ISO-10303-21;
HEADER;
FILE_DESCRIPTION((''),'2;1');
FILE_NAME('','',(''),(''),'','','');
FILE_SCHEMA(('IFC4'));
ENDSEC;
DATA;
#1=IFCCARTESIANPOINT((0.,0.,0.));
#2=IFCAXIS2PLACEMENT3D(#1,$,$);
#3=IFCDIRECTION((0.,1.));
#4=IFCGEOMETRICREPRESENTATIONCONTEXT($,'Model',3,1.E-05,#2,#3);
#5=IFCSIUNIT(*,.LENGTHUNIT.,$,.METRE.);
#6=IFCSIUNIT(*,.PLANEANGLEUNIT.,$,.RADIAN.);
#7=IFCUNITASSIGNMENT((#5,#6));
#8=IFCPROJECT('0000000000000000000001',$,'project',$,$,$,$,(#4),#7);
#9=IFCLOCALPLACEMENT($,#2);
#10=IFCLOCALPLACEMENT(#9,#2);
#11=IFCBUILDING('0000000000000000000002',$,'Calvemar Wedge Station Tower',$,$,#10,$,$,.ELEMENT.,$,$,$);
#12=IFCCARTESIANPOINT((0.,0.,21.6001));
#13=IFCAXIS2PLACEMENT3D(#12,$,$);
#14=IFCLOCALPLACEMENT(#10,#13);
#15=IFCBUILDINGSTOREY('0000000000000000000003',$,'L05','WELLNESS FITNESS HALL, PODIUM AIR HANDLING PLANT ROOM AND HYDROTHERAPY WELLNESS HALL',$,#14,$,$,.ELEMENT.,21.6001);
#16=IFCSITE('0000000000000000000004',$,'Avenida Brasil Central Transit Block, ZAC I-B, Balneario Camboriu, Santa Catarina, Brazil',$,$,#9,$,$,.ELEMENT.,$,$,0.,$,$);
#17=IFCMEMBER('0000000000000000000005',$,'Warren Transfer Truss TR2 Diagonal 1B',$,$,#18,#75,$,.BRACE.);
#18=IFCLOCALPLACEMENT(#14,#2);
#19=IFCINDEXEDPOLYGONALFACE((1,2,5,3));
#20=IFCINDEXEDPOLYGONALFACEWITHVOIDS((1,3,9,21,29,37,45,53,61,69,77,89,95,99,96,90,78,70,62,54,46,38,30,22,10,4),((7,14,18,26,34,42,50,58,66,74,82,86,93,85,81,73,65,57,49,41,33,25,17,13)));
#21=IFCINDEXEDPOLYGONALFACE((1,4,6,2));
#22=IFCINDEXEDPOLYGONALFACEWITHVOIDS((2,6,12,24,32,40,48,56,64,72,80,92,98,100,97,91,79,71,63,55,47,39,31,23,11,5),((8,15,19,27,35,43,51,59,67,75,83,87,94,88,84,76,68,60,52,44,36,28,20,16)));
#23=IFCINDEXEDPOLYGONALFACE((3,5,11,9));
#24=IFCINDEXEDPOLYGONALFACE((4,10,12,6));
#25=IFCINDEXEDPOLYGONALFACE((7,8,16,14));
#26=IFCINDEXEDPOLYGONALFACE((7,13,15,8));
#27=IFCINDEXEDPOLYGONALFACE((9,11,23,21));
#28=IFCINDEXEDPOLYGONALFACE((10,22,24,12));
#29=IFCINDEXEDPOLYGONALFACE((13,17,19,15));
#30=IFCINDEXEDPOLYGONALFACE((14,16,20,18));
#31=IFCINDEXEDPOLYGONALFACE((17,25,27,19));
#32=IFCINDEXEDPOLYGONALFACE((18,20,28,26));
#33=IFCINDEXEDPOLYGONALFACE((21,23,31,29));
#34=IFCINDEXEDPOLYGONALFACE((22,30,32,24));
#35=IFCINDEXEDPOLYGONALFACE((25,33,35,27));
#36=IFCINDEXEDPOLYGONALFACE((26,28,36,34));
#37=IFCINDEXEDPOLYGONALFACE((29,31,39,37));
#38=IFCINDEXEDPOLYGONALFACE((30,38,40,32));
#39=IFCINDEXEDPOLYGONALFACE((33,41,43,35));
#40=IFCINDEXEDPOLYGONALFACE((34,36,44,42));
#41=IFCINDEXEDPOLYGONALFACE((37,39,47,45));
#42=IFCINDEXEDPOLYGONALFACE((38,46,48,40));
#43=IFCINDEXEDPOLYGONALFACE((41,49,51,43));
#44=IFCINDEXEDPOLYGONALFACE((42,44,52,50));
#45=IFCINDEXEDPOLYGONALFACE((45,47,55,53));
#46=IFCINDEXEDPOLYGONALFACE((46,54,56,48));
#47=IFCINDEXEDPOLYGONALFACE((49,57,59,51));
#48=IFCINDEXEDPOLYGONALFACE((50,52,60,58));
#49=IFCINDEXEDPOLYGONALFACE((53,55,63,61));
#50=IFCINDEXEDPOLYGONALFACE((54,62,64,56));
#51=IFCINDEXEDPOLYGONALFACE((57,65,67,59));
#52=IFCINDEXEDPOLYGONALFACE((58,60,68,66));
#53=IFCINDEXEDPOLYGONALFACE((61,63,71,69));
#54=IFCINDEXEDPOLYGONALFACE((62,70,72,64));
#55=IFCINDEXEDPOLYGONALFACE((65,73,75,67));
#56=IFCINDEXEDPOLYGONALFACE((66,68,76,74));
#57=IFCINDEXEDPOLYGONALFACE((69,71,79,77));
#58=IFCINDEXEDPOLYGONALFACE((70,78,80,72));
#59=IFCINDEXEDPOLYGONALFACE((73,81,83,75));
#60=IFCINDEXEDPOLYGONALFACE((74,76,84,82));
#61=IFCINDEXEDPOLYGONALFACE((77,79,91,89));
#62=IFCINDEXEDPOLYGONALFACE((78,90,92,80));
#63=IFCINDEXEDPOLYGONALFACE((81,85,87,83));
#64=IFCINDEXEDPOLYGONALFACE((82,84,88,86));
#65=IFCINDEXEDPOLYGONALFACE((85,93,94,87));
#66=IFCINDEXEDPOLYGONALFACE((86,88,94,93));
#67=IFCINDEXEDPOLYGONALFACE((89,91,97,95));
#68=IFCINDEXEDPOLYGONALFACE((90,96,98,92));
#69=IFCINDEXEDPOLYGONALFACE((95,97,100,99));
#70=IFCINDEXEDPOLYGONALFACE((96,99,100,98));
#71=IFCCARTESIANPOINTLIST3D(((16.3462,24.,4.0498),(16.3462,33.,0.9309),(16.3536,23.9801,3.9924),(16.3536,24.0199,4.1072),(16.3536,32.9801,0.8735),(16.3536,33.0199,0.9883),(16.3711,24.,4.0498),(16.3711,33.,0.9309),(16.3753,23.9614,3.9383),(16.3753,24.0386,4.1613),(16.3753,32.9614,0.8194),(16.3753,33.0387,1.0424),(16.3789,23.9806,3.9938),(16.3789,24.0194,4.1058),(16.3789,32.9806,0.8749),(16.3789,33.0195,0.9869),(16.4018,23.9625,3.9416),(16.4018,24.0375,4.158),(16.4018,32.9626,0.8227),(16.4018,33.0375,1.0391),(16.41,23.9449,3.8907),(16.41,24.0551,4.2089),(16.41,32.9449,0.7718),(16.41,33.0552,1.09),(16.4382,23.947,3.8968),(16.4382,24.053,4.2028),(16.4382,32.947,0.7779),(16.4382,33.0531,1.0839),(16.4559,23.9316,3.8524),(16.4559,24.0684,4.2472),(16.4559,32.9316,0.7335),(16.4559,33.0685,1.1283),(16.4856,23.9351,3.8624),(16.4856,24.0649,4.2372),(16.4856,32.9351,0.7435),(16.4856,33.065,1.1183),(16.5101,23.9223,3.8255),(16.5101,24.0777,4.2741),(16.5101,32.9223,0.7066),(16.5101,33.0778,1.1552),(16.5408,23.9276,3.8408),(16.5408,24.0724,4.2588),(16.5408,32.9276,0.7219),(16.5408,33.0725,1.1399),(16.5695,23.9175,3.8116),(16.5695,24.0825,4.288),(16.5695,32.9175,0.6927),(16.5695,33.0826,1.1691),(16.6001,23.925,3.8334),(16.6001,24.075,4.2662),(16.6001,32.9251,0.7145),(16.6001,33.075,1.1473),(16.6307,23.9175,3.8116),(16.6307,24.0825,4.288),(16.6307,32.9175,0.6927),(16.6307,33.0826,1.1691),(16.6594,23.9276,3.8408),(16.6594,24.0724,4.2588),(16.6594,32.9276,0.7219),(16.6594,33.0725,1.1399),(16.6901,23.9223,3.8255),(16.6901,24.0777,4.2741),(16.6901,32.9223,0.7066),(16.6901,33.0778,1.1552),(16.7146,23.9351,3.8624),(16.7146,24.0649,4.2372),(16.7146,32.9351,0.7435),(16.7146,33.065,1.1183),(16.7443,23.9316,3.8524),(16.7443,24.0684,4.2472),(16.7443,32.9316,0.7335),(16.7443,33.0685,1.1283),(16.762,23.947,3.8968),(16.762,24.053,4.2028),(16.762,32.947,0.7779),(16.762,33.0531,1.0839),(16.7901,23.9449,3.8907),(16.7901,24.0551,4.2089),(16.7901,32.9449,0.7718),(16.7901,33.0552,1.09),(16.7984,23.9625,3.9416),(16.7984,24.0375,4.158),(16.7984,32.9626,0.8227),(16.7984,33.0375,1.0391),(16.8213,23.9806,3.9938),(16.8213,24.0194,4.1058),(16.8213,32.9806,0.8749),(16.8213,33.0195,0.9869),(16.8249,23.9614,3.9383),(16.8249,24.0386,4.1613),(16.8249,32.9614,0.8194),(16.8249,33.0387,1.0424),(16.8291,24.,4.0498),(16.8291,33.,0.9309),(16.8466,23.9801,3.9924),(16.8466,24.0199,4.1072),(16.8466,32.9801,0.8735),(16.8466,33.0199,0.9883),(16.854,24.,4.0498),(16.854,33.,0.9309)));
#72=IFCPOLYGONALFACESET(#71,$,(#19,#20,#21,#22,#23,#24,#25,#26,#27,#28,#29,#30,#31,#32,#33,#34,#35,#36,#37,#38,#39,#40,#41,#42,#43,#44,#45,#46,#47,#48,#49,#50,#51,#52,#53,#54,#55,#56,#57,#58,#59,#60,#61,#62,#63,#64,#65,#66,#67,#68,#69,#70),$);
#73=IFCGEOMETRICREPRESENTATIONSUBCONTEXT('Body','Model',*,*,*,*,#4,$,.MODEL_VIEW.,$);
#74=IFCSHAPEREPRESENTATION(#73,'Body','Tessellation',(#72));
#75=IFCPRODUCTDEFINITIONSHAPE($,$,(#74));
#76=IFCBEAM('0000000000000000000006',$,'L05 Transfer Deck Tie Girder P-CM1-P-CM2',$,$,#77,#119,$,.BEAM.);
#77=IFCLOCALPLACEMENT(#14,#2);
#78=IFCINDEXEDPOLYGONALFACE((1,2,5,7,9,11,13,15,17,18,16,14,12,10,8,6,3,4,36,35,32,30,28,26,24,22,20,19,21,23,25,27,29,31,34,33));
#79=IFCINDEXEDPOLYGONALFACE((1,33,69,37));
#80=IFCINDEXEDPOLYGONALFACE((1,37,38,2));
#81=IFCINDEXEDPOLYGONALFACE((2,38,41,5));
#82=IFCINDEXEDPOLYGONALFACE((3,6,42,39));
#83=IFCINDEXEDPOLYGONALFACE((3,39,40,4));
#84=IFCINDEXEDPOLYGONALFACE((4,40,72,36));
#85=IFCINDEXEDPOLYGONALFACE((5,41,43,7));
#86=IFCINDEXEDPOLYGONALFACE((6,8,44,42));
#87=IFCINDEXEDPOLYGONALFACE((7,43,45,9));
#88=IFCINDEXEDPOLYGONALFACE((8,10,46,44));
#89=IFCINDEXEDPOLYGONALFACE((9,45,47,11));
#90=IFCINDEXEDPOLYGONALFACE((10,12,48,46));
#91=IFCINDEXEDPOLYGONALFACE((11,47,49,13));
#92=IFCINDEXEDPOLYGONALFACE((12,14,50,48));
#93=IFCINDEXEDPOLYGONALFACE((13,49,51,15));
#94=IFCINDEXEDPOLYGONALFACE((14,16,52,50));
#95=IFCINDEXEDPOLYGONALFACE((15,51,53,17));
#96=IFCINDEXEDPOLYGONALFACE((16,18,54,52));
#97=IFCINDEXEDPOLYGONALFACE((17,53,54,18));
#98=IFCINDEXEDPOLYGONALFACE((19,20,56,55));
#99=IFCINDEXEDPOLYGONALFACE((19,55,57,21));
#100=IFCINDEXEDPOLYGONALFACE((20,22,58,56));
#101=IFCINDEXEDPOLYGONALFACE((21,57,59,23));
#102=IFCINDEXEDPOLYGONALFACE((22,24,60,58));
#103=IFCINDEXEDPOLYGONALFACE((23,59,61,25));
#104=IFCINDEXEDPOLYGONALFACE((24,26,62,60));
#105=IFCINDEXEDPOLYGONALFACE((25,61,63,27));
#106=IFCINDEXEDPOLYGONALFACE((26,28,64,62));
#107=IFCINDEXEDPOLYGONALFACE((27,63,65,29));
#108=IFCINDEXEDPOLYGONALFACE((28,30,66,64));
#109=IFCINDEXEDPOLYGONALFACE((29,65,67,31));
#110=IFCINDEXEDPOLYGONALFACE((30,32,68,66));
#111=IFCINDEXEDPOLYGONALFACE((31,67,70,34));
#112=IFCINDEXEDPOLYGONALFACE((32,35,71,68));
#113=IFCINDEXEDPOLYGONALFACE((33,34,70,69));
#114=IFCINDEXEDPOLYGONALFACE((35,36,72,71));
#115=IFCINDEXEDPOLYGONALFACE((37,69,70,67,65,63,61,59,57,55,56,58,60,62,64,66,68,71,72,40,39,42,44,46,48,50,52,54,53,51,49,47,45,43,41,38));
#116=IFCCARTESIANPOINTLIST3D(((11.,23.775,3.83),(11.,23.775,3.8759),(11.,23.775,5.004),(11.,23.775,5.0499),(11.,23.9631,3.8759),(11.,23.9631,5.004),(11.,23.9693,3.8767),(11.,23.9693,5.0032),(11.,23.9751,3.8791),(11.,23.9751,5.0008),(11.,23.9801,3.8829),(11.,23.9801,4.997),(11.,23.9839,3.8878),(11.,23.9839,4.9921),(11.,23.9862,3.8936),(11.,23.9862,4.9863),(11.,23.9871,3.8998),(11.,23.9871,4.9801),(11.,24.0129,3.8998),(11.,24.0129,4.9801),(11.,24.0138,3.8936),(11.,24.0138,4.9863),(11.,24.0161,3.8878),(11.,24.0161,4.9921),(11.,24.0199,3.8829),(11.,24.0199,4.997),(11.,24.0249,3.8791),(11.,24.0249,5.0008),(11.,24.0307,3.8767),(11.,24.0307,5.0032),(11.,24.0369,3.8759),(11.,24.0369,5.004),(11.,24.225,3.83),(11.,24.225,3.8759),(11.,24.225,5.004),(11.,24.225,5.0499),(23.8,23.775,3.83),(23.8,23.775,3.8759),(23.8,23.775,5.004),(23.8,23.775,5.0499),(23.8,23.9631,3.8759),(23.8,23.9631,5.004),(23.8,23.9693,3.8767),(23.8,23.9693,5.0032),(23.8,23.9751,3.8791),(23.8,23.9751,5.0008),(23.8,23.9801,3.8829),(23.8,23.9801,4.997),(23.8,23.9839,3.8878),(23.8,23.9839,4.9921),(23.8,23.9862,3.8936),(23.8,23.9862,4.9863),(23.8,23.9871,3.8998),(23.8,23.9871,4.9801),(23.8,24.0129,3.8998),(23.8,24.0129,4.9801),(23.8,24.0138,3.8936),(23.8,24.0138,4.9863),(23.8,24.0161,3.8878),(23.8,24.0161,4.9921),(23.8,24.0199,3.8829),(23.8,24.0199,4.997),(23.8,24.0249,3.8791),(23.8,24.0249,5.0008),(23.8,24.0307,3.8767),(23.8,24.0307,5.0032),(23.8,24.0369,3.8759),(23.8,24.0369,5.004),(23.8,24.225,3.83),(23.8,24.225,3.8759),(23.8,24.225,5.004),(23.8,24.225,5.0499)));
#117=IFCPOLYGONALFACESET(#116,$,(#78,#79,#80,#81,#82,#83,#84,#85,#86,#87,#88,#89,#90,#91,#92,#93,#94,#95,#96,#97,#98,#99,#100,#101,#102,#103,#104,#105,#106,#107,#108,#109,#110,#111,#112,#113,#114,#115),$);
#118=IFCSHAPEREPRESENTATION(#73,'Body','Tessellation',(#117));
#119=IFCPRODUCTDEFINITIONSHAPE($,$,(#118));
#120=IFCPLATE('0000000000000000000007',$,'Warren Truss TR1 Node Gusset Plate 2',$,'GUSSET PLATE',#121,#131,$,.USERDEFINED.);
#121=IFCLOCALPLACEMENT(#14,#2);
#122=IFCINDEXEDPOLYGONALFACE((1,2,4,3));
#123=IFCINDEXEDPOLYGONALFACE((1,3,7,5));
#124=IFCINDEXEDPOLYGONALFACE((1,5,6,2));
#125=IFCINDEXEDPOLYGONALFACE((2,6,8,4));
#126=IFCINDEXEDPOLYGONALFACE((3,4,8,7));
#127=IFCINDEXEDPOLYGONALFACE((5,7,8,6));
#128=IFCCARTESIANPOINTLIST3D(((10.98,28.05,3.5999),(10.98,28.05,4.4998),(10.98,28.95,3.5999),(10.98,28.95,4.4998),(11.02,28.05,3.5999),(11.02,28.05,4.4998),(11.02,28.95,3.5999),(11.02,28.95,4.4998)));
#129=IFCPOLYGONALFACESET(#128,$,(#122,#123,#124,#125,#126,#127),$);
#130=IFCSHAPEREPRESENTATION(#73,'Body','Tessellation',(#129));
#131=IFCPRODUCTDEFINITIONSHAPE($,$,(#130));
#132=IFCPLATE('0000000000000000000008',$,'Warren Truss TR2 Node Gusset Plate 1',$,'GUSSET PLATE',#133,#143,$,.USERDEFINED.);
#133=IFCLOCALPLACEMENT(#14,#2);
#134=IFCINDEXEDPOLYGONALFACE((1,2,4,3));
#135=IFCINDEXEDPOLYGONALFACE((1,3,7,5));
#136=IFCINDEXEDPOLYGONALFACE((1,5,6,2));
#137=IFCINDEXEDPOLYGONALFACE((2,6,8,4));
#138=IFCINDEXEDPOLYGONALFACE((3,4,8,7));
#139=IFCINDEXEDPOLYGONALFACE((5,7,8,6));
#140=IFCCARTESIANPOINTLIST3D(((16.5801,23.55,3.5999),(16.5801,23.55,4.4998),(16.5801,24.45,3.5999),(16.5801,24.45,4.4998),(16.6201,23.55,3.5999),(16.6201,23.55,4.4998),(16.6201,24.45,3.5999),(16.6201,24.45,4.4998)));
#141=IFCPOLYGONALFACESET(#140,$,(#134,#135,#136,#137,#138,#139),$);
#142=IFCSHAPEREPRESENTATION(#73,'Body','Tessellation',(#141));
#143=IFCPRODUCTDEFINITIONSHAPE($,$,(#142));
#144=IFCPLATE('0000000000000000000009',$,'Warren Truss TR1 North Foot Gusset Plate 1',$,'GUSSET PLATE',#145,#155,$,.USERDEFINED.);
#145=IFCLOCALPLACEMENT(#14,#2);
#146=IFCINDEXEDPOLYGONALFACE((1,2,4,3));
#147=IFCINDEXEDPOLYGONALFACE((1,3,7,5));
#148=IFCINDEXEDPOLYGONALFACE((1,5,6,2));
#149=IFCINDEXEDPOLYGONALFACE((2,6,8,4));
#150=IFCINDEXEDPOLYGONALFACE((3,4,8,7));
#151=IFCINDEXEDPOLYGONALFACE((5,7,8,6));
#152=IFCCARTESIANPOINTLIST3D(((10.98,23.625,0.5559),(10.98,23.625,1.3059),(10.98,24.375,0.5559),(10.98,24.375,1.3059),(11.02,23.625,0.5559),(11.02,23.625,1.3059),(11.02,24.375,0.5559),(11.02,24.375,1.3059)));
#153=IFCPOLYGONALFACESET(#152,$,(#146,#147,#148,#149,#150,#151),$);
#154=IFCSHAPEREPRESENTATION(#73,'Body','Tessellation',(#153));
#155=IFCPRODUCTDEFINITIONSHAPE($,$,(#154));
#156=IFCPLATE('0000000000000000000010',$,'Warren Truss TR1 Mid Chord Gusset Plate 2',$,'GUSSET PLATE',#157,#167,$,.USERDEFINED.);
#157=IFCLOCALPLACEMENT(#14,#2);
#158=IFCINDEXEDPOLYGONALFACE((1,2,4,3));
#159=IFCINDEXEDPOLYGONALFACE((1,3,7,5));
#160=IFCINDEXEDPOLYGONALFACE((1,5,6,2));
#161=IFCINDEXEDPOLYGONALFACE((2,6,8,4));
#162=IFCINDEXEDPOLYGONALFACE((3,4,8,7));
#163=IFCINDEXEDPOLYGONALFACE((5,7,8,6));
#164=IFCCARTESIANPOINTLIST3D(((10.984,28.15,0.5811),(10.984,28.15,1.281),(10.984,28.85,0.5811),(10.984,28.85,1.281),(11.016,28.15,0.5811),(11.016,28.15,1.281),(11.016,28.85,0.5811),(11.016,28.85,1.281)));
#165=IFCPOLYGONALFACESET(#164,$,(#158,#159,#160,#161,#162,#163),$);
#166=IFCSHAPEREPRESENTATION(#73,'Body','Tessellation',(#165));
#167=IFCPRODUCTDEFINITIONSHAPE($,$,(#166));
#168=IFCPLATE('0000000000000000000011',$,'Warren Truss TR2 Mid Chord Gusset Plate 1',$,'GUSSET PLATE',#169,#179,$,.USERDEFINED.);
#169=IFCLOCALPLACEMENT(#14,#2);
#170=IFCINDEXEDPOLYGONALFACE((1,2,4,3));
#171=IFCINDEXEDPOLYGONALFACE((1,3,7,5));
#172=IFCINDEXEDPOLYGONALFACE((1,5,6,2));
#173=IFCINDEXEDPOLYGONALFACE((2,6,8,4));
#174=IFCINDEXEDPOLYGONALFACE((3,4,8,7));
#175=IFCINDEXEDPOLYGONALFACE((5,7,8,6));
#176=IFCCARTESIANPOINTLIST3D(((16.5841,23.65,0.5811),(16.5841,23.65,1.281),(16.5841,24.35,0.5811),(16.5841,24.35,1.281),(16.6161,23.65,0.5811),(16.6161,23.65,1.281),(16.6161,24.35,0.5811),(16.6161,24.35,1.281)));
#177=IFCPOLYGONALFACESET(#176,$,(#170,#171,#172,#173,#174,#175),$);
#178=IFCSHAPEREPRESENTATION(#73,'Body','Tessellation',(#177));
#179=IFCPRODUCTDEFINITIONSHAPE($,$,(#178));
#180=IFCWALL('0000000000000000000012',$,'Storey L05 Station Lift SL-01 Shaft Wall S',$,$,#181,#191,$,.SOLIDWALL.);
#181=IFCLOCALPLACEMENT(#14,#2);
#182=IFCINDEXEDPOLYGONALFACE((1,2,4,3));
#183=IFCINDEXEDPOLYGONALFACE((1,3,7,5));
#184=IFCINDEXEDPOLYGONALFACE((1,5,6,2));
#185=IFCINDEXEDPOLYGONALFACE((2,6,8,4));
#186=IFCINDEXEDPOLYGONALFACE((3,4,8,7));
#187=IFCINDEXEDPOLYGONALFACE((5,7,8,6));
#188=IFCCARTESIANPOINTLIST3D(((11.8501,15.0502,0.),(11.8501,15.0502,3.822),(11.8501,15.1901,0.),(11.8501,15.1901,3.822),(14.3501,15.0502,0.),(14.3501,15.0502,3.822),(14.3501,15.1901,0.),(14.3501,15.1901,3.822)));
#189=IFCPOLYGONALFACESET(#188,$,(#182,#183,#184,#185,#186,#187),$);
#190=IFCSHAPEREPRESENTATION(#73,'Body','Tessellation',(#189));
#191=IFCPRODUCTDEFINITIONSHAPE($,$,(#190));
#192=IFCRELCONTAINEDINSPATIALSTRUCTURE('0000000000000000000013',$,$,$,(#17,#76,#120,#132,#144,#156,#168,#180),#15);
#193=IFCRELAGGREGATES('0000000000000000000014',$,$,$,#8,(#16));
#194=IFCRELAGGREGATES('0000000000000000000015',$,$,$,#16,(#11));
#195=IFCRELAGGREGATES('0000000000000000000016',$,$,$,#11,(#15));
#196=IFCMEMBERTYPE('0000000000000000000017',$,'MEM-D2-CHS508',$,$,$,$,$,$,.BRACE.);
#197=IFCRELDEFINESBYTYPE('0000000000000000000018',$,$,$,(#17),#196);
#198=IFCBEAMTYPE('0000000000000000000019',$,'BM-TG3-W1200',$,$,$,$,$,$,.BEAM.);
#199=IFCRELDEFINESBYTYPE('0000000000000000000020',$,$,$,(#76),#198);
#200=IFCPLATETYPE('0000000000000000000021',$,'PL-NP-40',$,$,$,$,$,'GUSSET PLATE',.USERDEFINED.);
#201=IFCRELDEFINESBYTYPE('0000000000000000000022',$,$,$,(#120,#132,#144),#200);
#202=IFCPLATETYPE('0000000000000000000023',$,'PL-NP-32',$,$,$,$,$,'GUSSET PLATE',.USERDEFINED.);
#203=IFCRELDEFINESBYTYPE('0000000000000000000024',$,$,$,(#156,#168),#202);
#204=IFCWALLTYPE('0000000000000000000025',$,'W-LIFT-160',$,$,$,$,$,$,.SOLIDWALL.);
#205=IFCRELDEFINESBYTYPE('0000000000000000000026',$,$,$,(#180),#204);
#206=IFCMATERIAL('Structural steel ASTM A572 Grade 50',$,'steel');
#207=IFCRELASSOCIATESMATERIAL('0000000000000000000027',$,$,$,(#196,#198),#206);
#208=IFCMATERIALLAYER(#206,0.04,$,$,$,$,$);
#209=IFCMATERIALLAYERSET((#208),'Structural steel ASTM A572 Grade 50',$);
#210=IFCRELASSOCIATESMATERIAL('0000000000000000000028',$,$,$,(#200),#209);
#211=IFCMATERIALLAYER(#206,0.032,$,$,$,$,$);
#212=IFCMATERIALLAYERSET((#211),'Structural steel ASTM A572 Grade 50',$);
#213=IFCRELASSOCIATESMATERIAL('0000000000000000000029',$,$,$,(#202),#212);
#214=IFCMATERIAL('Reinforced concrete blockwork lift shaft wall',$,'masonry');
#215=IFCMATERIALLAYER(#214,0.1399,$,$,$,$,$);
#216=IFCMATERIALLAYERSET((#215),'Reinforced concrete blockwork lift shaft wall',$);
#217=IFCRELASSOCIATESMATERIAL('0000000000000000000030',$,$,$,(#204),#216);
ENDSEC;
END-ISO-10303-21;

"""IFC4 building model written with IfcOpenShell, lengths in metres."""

from ifc_helpers import new_model, si_unit, direction, frame, frame_2d, origin, origin_2d, place, context, subcontext, project, spatial, rectangle, hollow_circle, i_section, extrude, source, transform, mapped, material, layer, layer_set, material_profile, profile_set, type_object, element, save


model = new_model("IFC4")

# Units and contexts
model_context = context("Model", 3, precision=1e-05, world=origin(), true_north=direction((0.0, 1.0)))
body_context = subcontext(model_context, "Body", "Model", "MODEL_VIEW")
ifc_project = project(units=[si_unit("LENGTHUNIT", "METRE"), si_unit("PLANEANGLEUNIT", "RADIAN")], contexts=[model_context])

# Site, building, storey
site_placement = place(None, origin())
site = spatial("IfcSite", under=ifc_project, at=site_placement, Name="Avenida Brasil Central Transit Block, ZAC I-B, Balneario Camboriu, Santa Catarina, Brazil", CompositionType="ELEMENT", RefElevation=0.0)
building_placement = place(site_placement, origin())
building = spatial("IfcBuilding", under=site, at=building_placement, Name="Calvemar Wedge Station Tower", CompositionType="ELEMENT")
storey_placement = place(building_placement, frame((0.0, 0.0, 21.6001)))
storey = spatial("IfcBuildingStorey", under=building, at=storey_placement, Name="L05", Description="WELLNESS FITNESS HALL, PODIUM AIR HANDLING PLANT ROOM AND HYDROTHERAPY WELLNESS HALL", CompositionType="ELEMENT", Elevation=21.6001)

# Shared definitions
ifc_material_1 = material(Name="Structural steel ASTM A572 Grade 50", Category="steel")

# Member
ifc_material_profile_1 = material_profile(ifc_material_1, hollow_circle(Radius=0.2539, WallThickness=0.0249, at=origin_2d()), Name="CHS508x25")
ifc_profile_set_1 = profile_set([ifc_material_profile_1], Name="Structural steel ASTM A572 Grade 50")
member_type_1 = type_object("IfcMemberType", Name="MEM-D2-CHS508", PredefinedType="BRACE", material=ifc_profile_set_1)
shared_shape_1 = source(origin(), body_context, "Body", "SweptSolid", [
    extrude(hollow_circle(Radius=0.2539, WallThickness=0.0249, at=origin_2d()), origin(), (0.0, 0.0, 1.0), 9.5251),
])
member_placement = place(storey_placement, frame((16.6001, 24.0, 4.0498), z_axis=(0.0, 0.944872, -0.32744), x_axis=(-1.0, 0.0, 0.0)))
element("IfcMember", 1, at=member_placement, inside=storey, type_object=member_type_1, Name="Warren Transfer Truss TR2 Diagonal 1B", PredefinedType="BRACE", context=body_context, shape_type="MappedRepresentation", body=[
    mapped(shared_shape_1, transform((0.0, 0.0, 0.0), scale=1.0)),
])

# Beam
ifc_material_profile_2 = material_profile(ifc_material_1, i_section(OverallWidth=0.45, OverallDepth=1.22, WebThickness=0.0259, FlangeThickness=0.0459, FilletRadius=0.0239, at=origin_2d()), Name="W1200x540")
ifc_profile_set_2 = profile_set([ifc_material_profile_2], Name="Structural steel ASTM A572 Grade 50")
beam_type_1 = type_object("IfcBeamType", Name="BM-TG3-W1200", PredefinedType="BEAM", material=ifc_profile_set_2)
shared_shape_2 = source(origin(), body_context, "Body", "SweptSolid", [
    extrude(i_section(OverallWidth=0.45, OverallDepth=1.22, WebThickness=0.0259, FlangeThickness=0.0459, FilletRadius=0.0239, at=origin_2d()), origin(), (0.0, 0.0, 1.0), 12.8),
])
beam_placement = place(storey_placement, frame((11.0, 24.0, 4.4399), z_axis=(1.0, 0.0, 0.0), x_axis=(0.0, 1.0, 0.0)))
element("IfcBeam", 2, at=beam_placement, inside=storey, type_object=beam_type_1, Name="L05 Transfer Deck Tie Girder P-CM1-P-CM2", PredefinedType="BEAM", context=body_context, shape_type="MappedRepresentation", body=[
    mapped(shared_shape_2, transform((0.0, 0.0, 0.0), scale=1.0)),
])

# Plates
ifc_layer_1 = layer(ifc_material_1, 0.04)
ifc_layer_set_1 = layer_set([ifc_layer_1], Name="Structural steel ASTM A572 Grade 50")
plate_type_1 = type_object("IfcPlateType", Name="PL-NP-40", ElementType="GUSSET PLATE", PredefinedType="USERDEFINED", material=ifc_layer_set_1)
shared_shape_3 = source(origin(), body_context, "Body", "SweptSolid", [
    extrude(rectangle(XDim=0.8999, YDim=0.04, at=origin_2d()), origin(), (0.0, 0.0, 1.0), 0.8999),
])
for number, where, z_axis, x_axis, name in (
    (3, (11.0, 28.5, 3.5999), (0.0, 0.0, 1.0), (0.0, 1.0, 0.0), "Warren Truss TR1 Node Gusset Plate 2"),
    (4, (16.6001, 24.0, 3.5999), (0.0, 0.0, 1.0), (0.0, 1.0, 0.0), "Warren Truss TR2 Node Gusset Plate 1"),
):
    element("IfcPlate", number, at=place(storey_placement, frame(where, z_axis=z_axis, x_axis=x_axis)), inside=storey, type_object=plate_type_1, Name=name, ObjectType="GUSSET PLATE", PredefinedType="USERDEFINED", context=body_context, shape_type="MappedRepresentation", body=[
        mapped(shared_shape_3, transform((0.0, 0.0, 0.0), scale=1.0)),
    ])
shared_shape_4 = source(origin(), body_context, "Body", "SweptSolid", [
    extrude(rectangle(XDim=0.75, YDim=0.04, at=origin_2d()), origin(), (0.0, 0.0, 1.0), 0.75),
])
plate_placement = place(storey_placement, frame((11.0, 24.0, 0.5559), z_axis=(0.0, 0.0, 1.0), x_axis=(0.0, 1.0, 0.0)))
element("IfcPlate", 5, at=plate_placement, inside=storey, type_object=plate_type_1, Name="Warren Truss TR1 North Foot Gusset Plate 1", ObjectType="GUSSET PLATE", PredefinedType="USERDEFINED", context=body_context, shape_type="MappedRepresentation", body=[
    mapped(shared_shape_4, transform((0.0, 0.0, 0.0), scale=1.0)),
])
ifc_layer_2 = layer(ifc_material_1, 0.032)
ifc_layer_set_2 = layer_set([ifc_layer_2], Name="Structural steel ASTM A572 Grade 50")
plate_type_2 = type_object("IfcPlateType", Name="PL-NP-32", ElementType="GUSSET PLATE", PredefinedType="USERDEFINED", material=ifc_layer_set_2)
shared_shape_5 = source(origin(), body_context, "Body", "SweptSolid", [
    extrude(rectangle(XDim=0.7, YDim=0.032, at=origin_2d()), origin(), (0.0, 0.0, 1.0), 0.7),
])
for number, where, z_axis, x_axis, name in (
    (6, (11.0, 28.5, 0.5811), (0.0, 0.0, 1.0), (0.0, 1.0, 0.0), "Warren Truss TR1 Mid Chord Gusset Plate 2"),
    (7, (16.6001, 24.0, 0.5811), (0.0, 0.0, 1.0), (0.0, 1.0, 0.0), "Warren Truss TR2 Mid Chord Gusset Plate 1"),
):
    element("IfcPlate", number, at=place(storey_placement, frame(where, z_axis=z_axis, x_axis=x_axis)), inside=storey, type_object=plate_type_2, Name=name, ObjectType="GUSSET PLATE", PredefinedType="USERDEFINED", context=body_context, shape_type="MappedRepresentation", body=[
        mapped(shared_shape_5, transform((0.0, 0.0, 0.0), scale=1.0)),
    ])

# Shared definitions
ifc_material_2 = material(Name="Reinforced concrete blockwork lift shaft wall", Category="masonry")
ifc_layer_3 = layer(ifc_material_2, 0.1399)
ifc_layer_set_3 = layer_set([ifc_layer_3], Name="Reinforced concrete blockwork lift shaft wall")
wall_type = type_object("IfcWallType", Name="W-LIFT-160", PredefinedType="SOLIDWALL", material=ifc_layer_set_3)

# Wall
wall_1_placement = place(storey_placement, frame((11.8501, 15.1201, 0.0), z_axis=(0.0, 0.0, 1.0), x_axis=(1.0, 0.0, 0.0)))
element("IfcWall", 8, at=wall_1_placement, inside=storey, type_object=wall_type, Name="Storey L05 Station Lift SL-01 Shaft Wall S", PredefinedType="SOLIDWALL", context=body_context, shape_type="SweptSolid", body=[
    extrude(rectangle(XDim=2.5, YDim=0.1399, at=frame_2d((1.25, 0.0))), origin(), (0.0, 0.0, 1.0), 3.822),
])

save(model, "model.ifc")
